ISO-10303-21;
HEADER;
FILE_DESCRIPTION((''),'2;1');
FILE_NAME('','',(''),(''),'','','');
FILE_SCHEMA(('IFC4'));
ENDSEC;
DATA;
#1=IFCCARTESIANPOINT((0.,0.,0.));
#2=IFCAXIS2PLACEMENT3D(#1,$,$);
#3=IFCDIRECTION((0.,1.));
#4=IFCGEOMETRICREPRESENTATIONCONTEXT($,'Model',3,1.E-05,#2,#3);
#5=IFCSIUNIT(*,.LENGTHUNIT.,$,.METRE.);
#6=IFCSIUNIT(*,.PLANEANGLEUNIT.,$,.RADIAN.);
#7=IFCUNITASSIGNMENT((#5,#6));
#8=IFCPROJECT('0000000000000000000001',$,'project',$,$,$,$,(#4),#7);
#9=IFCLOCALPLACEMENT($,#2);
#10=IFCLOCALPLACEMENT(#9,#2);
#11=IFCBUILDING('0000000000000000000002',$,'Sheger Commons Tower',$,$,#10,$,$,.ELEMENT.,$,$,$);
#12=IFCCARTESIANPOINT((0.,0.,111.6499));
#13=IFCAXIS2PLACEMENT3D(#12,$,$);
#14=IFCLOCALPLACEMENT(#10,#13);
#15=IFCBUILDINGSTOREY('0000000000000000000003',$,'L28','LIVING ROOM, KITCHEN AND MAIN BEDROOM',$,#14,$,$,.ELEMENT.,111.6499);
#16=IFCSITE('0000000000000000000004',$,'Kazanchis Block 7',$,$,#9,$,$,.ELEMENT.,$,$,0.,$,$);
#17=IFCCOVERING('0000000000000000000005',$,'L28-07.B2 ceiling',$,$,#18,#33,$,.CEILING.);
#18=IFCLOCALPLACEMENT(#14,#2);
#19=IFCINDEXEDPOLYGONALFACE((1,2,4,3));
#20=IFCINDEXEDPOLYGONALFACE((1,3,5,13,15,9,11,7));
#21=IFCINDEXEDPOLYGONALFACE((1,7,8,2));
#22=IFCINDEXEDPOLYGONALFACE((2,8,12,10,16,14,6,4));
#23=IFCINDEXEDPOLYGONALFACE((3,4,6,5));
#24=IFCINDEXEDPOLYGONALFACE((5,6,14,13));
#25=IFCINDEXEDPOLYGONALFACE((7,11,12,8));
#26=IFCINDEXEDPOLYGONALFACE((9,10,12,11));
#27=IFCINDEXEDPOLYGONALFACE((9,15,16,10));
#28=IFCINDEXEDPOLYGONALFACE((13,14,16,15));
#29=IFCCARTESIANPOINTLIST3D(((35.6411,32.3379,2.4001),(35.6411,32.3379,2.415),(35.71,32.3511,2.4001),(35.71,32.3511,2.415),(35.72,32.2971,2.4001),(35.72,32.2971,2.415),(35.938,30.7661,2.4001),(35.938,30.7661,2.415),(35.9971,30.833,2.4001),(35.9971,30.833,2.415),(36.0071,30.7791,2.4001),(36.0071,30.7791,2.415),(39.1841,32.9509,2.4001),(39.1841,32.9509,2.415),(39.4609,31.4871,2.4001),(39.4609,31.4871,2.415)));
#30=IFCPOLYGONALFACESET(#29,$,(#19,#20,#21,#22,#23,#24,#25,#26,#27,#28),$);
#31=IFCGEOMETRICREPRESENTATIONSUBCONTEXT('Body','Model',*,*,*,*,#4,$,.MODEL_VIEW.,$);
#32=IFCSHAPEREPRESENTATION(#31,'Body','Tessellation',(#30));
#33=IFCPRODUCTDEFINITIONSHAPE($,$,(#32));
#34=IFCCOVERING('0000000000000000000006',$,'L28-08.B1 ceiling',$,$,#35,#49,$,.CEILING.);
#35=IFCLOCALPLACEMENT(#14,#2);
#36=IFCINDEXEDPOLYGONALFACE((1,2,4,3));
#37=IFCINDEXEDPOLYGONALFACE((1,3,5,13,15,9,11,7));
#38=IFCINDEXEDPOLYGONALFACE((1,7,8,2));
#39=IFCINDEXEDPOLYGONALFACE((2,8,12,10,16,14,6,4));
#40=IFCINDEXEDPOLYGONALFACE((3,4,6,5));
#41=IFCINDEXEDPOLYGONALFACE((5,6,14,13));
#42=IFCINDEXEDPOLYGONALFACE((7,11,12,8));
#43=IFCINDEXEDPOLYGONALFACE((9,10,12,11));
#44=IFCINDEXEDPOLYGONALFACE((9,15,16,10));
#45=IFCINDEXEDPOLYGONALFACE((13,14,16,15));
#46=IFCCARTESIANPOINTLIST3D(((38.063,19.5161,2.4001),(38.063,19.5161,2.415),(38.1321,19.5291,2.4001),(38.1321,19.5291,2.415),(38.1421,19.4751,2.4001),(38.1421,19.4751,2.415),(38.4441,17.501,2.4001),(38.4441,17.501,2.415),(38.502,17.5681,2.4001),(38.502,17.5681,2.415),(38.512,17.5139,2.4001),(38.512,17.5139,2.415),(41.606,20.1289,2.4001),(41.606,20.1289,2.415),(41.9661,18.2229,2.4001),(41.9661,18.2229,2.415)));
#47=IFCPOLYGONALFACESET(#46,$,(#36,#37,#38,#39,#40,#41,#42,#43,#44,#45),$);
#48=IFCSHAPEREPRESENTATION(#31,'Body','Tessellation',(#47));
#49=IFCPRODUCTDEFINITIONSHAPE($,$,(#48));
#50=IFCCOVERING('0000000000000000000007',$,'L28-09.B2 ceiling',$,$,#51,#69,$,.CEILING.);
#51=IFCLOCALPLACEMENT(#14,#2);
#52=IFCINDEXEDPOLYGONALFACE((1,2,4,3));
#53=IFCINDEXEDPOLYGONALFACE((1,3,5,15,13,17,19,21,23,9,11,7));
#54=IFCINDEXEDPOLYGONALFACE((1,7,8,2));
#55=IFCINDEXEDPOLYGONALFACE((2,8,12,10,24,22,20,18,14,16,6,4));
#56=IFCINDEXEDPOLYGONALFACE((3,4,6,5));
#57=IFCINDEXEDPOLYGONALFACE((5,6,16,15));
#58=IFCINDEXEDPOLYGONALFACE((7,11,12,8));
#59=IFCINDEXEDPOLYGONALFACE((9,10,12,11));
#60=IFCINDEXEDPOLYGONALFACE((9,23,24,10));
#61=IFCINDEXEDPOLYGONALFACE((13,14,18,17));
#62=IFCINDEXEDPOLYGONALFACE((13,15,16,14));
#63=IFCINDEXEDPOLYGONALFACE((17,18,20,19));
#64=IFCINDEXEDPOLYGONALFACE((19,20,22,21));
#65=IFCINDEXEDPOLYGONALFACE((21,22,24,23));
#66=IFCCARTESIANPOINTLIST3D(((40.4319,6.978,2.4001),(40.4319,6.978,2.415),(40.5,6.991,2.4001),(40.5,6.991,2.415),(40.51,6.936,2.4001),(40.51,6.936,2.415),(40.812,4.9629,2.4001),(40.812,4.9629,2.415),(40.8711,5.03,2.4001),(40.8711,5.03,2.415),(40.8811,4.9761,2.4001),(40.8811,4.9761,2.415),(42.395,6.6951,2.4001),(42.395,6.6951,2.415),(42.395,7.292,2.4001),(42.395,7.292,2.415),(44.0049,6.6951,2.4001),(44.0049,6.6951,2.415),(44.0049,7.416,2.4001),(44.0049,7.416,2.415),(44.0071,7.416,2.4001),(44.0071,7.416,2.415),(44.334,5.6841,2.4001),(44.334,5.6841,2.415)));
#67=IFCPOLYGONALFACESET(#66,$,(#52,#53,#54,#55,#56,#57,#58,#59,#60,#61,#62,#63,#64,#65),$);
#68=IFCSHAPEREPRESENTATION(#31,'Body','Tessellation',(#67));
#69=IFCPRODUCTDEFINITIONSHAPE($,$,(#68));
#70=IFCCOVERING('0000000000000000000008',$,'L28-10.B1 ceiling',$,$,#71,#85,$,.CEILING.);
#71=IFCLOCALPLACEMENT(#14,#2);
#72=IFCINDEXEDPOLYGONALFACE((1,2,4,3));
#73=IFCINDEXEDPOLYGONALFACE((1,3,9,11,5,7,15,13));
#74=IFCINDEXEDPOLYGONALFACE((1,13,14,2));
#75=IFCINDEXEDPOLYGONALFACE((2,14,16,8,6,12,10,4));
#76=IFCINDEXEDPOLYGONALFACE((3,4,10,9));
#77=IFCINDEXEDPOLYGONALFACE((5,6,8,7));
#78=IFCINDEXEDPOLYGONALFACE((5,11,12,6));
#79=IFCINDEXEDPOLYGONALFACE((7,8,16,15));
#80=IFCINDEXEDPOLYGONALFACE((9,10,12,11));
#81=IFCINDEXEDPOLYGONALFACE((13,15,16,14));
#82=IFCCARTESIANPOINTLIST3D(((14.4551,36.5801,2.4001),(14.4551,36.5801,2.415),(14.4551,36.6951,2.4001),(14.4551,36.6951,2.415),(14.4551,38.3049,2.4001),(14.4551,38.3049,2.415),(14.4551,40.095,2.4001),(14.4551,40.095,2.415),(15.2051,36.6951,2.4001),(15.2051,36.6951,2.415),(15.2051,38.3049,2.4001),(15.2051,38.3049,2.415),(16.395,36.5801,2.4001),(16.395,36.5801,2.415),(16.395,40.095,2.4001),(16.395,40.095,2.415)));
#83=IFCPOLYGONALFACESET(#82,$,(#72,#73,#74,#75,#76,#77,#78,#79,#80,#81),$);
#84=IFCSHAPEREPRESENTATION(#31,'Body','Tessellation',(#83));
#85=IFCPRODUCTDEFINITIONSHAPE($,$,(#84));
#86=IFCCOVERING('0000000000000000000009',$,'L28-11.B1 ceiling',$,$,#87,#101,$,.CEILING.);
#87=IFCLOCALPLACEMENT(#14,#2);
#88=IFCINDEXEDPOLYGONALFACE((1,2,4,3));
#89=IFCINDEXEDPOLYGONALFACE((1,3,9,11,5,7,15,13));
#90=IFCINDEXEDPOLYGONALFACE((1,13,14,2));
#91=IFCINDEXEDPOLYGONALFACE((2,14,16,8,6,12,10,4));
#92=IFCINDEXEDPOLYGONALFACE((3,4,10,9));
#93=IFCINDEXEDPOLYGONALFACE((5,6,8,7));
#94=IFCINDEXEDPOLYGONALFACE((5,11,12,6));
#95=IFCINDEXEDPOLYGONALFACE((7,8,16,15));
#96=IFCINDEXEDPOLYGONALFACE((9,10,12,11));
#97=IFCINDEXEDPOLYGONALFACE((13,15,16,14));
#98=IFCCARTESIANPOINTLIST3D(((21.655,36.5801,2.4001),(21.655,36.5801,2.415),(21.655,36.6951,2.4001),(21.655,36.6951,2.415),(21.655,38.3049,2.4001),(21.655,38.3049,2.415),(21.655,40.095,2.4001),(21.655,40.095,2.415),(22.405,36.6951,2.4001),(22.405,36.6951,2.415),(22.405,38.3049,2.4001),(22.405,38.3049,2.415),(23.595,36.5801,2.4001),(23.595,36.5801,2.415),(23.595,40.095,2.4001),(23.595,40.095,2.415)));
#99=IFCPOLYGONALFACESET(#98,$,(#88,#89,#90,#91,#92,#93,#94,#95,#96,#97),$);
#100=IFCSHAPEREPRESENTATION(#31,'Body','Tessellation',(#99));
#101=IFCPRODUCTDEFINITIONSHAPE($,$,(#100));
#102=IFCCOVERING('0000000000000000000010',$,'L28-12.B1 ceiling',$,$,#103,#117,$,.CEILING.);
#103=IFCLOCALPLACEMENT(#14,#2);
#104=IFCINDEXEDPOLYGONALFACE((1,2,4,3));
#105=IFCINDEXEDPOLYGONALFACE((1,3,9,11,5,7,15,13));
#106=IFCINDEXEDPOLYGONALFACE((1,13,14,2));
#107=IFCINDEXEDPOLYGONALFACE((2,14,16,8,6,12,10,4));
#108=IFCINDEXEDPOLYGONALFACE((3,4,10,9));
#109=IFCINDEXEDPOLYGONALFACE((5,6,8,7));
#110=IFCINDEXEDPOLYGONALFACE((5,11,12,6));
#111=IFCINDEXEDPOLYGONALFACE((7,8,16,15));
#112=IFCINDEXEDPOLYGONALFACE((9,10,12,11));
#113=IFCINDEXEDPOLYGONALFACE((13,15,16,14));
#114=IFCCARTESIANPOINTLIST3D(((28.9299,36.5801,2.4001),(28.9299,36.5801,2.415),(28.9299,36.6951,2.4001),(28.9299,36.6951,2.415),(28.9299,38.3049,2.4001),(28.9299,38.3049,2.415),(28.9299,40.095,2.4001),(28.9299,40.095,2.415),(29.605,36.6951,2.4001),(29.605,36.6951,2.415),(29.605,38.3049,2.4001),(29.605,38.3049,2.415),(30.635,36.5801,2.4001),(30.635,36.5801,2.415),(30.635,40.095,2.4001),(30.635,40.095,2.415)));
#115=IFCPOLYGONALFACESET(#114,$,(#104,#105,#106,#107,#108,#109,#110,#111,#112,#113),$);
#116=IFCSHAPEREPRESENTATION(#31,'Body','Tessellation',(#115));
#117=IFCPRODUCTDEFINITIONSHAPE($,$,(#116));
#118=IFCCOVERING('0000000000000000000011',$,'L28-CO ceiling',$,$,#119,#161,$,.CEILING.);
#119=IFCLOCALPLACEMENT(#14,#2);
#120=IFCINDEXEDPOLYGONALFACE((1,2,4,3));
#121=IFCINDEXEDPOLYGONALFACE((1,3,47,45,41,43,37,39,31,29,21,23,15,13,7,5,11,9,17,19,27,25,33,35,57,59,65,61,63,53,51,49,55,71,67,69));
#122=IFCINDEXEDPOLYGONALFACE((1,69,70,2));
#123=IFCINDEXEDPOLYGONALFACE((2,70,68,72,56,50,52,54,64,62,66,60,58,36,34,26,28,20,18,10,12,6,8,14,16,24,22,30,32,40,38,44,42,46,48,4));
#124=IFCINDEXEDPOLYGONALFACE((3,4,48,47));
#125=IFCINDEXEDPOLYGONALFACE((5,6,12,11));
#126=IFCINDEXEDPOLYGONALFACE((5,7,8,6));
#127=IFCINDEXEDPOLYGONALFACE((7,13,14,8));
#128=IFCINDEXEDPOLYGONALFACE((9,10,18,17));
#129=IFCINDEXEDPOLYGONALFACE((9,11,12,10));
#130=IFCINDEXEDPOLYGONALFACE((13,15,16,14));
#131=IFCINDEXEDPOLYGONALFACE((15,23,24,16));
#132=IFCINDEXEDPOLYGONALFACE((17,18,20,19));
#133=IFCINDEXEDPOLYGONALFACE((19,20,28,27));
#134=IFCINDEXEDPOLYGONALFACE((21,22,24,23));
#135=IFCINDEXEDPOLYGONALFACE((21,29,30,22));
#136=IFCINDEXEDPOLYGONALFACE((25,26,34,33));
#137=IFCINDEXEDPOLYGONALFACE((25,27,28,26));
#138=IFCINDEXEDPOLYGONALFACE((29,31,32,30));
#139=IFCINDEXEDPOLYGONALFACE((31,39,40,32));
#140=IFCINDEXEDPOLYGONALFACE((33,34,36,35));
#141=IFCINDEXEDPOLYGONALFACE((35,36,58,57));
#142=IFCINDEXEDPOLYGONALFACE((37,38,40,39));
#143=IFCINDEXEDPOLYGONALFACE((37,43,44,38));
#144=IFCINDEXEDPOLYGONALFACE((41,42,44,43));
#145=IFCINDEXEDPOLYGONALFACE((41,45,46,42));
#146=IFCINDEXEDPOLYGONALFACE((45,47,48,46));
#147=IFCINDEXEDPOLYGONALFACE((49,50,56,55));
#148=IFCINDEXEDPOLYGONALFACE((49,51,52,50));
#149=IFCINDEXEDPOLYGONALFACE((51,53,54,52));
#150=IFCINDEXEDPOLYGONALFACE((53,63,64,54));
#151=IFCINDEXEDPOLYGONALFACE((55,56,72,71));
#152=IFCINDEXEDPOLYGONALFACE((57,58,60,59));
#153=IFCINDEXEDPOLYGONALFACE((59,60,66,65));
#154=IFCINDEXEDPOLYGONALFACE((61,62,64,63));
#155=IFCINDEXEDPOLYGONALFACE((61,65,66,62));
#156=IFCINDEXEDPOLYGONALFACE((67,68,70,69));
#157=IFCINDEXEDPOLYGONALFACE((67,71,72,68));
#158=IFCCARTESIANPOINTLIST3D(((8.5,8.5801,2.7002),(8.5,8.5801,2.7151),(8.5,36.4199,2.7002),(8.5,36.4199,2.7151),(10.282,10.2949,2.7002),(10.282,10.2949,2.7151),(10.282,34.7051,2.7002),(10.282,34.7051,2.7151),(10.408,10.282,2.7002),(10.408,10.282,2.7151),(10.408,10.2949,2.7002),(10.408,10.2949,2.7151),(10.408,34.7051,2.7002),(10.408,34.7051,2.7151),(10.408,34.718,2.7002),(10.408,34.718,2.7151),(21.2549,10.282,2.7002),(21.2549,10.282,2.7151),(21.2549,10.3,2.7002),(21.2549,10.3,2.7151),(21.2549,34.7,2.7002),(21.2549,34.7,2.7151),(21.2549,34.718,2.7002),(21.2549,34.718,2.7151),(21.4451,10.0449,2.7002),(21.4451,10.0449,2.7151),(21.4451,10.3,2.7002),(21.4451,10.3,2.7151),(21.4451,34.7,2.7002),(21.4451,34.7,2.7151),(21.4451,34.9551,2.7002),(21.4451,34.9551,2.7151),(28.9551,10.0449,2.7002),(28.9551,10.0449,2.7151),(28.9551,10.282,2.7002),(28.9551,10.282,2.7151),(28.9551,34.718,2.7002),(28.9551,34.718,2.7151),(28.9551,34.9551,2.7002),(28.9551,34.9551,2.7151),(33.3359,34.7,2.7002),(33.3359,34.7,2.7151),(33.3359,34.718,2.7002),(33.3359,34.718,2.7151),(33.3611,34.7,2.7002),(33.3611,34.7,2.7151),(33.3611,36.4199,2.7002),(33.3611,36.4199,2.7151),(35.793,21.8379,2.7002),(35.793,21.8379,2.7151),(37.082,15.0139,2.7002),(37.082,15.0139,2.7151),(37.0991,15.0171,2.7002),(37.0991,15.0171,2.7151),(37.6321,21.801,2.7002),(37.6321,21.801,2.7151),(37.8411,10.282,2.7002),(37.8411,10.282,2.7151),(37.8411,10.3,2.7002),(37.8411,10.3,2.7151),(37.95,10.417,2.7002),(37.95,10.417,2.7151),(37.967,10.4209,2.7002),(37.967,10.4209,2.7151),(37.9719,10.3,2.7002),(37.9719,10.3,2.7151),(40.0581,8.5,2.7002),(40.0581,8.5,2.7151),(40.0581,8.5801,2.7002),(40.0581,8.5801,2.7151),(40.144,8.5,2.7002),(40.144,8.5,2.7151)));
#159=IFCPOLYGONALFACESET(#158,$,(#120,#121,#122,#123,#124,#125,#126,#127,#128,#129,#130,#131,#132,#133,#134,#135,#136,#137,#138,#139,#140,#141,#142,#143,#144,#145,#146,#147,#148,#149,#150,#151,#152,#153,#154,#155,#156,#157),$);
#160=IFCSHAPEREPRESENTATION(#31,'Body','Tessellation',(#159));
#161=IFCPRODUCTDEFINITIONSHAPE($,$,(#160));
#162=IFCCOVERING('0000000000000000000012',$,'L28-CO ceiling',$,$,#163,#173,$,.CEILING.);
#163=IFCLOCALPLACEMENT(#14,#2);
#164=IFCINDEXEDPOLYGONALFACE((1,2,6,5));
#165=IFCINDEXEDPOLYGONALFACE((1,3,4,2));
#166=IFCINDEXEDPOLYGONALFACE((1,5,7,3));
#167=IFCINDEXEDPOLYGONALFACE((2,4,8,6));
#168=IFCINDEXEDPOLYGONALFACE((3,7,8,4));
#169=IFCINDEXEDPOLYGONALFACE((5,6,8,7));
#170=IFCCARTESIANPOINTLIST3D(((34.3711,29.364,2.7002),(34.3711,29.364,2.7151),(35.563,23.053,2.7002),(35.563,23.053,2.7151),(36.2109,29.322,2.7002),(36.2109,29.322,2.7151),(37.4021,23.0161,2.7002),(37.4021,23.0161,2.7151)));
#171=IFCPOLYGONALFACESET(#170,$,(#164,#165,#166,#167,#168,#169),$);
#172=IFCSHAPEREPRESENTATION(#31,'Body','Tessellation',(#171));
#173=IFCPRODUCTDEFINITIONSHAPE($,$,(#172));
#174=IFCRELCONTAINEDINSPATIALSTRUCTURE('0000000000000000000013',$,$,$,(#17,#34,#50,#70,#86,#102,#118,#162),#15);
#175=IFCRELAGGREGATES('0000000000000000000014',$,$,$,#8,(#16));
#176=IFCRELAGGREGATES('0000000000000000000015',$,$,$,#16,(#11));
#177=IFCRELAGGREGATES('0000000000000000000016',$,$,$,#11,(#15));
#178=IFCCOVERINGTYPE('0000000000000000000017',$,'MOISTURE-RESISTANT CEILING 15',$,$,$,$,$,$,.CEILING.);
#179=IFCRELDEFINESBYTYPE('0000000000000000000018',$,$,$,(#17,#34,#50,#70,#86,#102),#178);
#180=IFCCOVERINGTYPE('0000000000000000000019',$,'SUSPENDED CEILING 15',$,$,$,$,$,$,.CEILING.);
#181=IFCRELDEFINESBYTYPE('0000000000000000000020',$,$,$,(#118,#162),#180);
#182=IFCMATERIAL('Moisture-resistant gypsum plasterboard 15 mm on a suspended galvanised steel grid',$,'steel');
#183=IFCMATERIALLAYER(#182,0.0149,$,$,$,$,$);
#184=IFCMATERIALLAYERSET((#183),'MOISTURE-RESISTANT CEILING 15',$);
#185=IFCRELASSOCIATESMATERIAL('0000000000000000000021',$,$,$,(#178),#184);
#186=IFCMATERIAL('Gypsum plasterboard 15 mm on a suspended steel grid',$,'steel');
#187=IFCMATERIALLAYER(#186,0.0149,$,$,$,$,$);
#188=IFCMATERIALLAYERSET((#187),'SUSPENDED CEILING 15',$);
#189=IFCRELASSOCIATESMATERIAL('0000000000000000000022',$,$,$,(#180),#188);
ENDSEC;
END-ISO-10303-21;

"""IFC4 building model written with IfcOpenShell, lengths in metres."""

from ifc_helpers import new_model, si_unit, direction, frame, origin, place, context, subcontext, project, spatial, polyline, outline, extrude, material, layer, layer_set, type_object, element, save


model = new_model("IFC4")

# Units and contexts
model_context = context("Model", 3, precision=1e-05, world=origin(), true_north=direction((0.0, 1.0)))
body_context = subcontext(model_context, "Body", "Model", "MODEL_VIEW")
ifc_project = project(units=[si_unit("LENGTHUNIT", "METRE"), si_unit("PLANEANGLEUNIT", "RADIAN")], contexts=[model_context])

# Site, building, storey
site_placement = place(None, origin())
site = spatial("IfcSite", under=ifc_project, at=site_placement, Name="Kazanchis Block 7", CompositionType="ELEMENT", RefElevation=0.0)
building_placement = place(site_placement, origin())
building = spatial("IfcBuilding", under=site, at=building_placement, Name="Sheger Commons Tower", CompositionType="ELEMENT")
storey_placement = place(building_placement, frame((0.0, 0.0, 111.6499)))
storey = spatial("IfcBuildingStorey", under=building, at=storey_placement, Name="L28", Description="LIVING ROOM, KITCHEN AND MAIN BEDROOM", CompositionType="ELEMENT", Elevation=111.6499)

# Coverings
ifc_material_1 = material(Name="Moisture-resistant gypsum plasterboard 15 mm on a suspended galvanised steel grid", Category="steel")
ifc_layer_1 = layer(ifc_material_1, 0.0149)
ifc_layer_set_1 = layer_set([ifc_layer_1], Name="MOISTURE-RESISTANT CEILING 15")
covering_type_1 = type_object("IfcCoveringType", Name="MOISTURE-RESISTANT CEILING 15", PredefinedType="CEILING", material=ifc_layer_set_1)
covering_1_placement = place(storey_placement, frame((0.0, 0.0, 2.4001)))
element("IfcCovering", 1, at=covering_1_placement, inside=storey, type_object=covering_type_1, Name="L28-07.B2 ceiling", PredefinedType="CEILING", context=body_context, shape_type="SweptSolid", body=[
    extrude(outline(polyline([(35.938, 30.7661), (36.0071, 30.7791), (35.9971, 30.833), (39.4609, 31.4871), (39.1841, 32.9509), (35.72, 32.2971), (35.71, 32.3511), (35.6411, 32.3379), (35.938, 30.7661)])), origin(), (0.0, 0.0, 1.0), 0.0149),
])
covering_2_placement = place(storey_placement, frame((0.0, 0.0, 2.4001)))
element("IfcCovering", 2, at=covering_2_placement, inside=storey, type_object=covering_type_1, Name="L28-08.B1 ceiling", PredefinedType="CEILING", context=body_context, shape_type="SweptSolid", body=[
    extrude(outline(polyline([(38.4441, 17.501), (38.512, 17.5139), (38.502, 17.5681), (41.9661, 18.2229), (41.606, 20.1289), (38.1421, 19.4751), (38.1321, 19.5291), (38.063, 19.5161), (38.4441, 17.501)])), origin(), (0.0, 0.0, 1.0), 0.0149),
])
covering_3_placement = place(storey_placement, frame((0.0, 0.0, 2.4001)))
element("IfcCovering", 3, at=covering_3_placement, inside=storey, type_object=covering_type_1, Name="L28-09.B2 ceiling", PredefinedType="CEILING", context=body_context, shape_type="SweptSolid", body=[
    extrude(outline(polyline([(40.812, 4.9629), (40.8811, 4.9761), (40.8711, 5.03), (44.334, 5.6841), (44.0071, 7.416), (44.0049, 7.416), (44.0049, 6.6951), (42.395, 6.6951), (42.395, 7.292), (40.51, 6.936), (40.5, 6.991), (40.4319, 6.978), (40.812, 4.9629)])), origin(), (0.0, 0.0, 1.0), 0.0149),
])
covering_4_placement = place(storey_placement, frame((0.0, 0.0, 2.4001)))
element("IfcCovering", 4, at=covering_4_placement, inside=storey, type_object=covering_type_1, Name="L28-10.B1 ceiling", PredefinedType="CEILING", context=body_context, shape_type="SweptSolid", body=[
    extrude(outline(polyline([(14.4551, 36.5801), (16.395, 36.5801), (16.395, 40.095), (14.4551, 40.095), (14.4551, 38.3049), (15.2051, 38.3049), (15.2051, 36.6951), (14.4551, 36.6951), (14.4551, 36.5801)])), origin(), (0.0, 0.0, 1.0), 0.0149),
])
covering_5_placement = place(storey_placement, frame((0.0, 0.0, 2.4001)))
element("IfcCovering", 5, at=covering_5_placement, inside=storey, type_object=covering_type_1, Name="L28-11.B1 ceiling", PredefinedType="CEILING", context=body_context, shape_type="SweptSolid", body=[
    extrude(outline(polyline([(21.655, 36.5801), (23.595, 36.5801), (23.595, 40.095), (21.655, 40.095), (21.655, 38.3049), (22.405, 38.3049), (22.405, 36.6951), (21.655, 36.6951), (21.655, 36.5801)])), origin(), (0.0, 0.0, 1.0), 0.0149),
])
covering_6_placement = place(storey_placement, frame((0.0, 0.0, 2.4001)))
element("IfcCovering", 6, at=covering_6_placement, inside=storey, type_object=covering_type_1, Name="L28-12.B1 ceiling", PredefinedType="CEILING", context=body_context, shape_type="SweptSolid", body=[
    extrude(outline(polyline([(28.9299, 36.5801), (30.635, 36.5801), (30.635, 40.095), (28.9299, 40.095), (28.9299, 38.3049), (29.605, 38.3049), (29.605, 36.6951), (28.9299, 36.6951), (28.9299, 36.5801)])), origin(), (0.0, 0.0, 1.0), 0.0149),
])
ifc_material_2 = material(Name="Gypsum plasterboard 15 mm on a suspended steel grid", Category="steel")
ifc_layer_2 = layer(ifc_material_2, 0.0149)
ifc_layer_set_2 = layer_set([ifc_layer_2], Name="SUSPENDED CEILING 15")
covering_type_2 = type_object("IfcCoveringType", Name="SUSPENDED CEILING 15", PredefinedType="CEILING", material=ifc_layer_set_2)
covering_7_placement = place(storey_placement, frame((0.0, 0.0, 2.7002)))
element("IfcCovering", 7, at=covering_7_placement, inside=storey, type_object=covering_type_2, Name="L28-CO ceiling", PredefinedType="CEILING", context=body_context, shape_type="SweptSolid", body=[
    extrude(outline(polyline([(40.0581, 8.5), (40.144, 8.5), (37.6321, 21.801), (35.793, 21.8379), (37.082, 15.0139), (37.0991, 15.0171), (37.967, 10.4209), (37.95, 10.417), (37.9719, 10.3), (37.8411, 10.3), (37.8411, 10.282), (28.9551, 10.282), (28.9551, 10.0449), (21.4451, 10.0449), (21.4451, 10.3), (21.2549, 10.3), (21.2549, 10.282), (10.408, 10.282), (10.408, 10.2949), (10.282, 10.2949), (10.282, 34.7051), (10.408, 34.7051), (10.408, 34.718), (21.2549, 34.718), (21.2549, 34.7), (21.4451, 34.7), (21.4451, 34.9551), (28.9551, 34.9551), (28.9551, 34.718), (33.3359, 34.718), (33.3359, 34.7), (33.3611, 34.7), (33.3611, 36.4199), (8.5, 36.4199), (8.5, 8.5801), (40.0581, 8.5801), (40.0581, 8.5)])), origin(), (0.0, 0.0, 1.0), 0.0149),
])
covering_8_placement = place(storey_placement, frame((0.0, 0.0, 2.7002)))
element("IfcCovering", 8, at=covering_8_placement, inside=storey, type_object=covering_type_2, Name="L28-CO ceiling", PredefinedType="CEILING", context=body_context, shape_type="SweptSolid", body=[
    extrude(outline(polyline([(37.4021, 23.0161), (36.2109, 29.322), (34.3711, 29.364), (35.563, 23.053), (37.4021, 23.0161)])), origin(), (0.0, 0.0, 1.0), 0.0149),
])

save(model, "model.ifc")
